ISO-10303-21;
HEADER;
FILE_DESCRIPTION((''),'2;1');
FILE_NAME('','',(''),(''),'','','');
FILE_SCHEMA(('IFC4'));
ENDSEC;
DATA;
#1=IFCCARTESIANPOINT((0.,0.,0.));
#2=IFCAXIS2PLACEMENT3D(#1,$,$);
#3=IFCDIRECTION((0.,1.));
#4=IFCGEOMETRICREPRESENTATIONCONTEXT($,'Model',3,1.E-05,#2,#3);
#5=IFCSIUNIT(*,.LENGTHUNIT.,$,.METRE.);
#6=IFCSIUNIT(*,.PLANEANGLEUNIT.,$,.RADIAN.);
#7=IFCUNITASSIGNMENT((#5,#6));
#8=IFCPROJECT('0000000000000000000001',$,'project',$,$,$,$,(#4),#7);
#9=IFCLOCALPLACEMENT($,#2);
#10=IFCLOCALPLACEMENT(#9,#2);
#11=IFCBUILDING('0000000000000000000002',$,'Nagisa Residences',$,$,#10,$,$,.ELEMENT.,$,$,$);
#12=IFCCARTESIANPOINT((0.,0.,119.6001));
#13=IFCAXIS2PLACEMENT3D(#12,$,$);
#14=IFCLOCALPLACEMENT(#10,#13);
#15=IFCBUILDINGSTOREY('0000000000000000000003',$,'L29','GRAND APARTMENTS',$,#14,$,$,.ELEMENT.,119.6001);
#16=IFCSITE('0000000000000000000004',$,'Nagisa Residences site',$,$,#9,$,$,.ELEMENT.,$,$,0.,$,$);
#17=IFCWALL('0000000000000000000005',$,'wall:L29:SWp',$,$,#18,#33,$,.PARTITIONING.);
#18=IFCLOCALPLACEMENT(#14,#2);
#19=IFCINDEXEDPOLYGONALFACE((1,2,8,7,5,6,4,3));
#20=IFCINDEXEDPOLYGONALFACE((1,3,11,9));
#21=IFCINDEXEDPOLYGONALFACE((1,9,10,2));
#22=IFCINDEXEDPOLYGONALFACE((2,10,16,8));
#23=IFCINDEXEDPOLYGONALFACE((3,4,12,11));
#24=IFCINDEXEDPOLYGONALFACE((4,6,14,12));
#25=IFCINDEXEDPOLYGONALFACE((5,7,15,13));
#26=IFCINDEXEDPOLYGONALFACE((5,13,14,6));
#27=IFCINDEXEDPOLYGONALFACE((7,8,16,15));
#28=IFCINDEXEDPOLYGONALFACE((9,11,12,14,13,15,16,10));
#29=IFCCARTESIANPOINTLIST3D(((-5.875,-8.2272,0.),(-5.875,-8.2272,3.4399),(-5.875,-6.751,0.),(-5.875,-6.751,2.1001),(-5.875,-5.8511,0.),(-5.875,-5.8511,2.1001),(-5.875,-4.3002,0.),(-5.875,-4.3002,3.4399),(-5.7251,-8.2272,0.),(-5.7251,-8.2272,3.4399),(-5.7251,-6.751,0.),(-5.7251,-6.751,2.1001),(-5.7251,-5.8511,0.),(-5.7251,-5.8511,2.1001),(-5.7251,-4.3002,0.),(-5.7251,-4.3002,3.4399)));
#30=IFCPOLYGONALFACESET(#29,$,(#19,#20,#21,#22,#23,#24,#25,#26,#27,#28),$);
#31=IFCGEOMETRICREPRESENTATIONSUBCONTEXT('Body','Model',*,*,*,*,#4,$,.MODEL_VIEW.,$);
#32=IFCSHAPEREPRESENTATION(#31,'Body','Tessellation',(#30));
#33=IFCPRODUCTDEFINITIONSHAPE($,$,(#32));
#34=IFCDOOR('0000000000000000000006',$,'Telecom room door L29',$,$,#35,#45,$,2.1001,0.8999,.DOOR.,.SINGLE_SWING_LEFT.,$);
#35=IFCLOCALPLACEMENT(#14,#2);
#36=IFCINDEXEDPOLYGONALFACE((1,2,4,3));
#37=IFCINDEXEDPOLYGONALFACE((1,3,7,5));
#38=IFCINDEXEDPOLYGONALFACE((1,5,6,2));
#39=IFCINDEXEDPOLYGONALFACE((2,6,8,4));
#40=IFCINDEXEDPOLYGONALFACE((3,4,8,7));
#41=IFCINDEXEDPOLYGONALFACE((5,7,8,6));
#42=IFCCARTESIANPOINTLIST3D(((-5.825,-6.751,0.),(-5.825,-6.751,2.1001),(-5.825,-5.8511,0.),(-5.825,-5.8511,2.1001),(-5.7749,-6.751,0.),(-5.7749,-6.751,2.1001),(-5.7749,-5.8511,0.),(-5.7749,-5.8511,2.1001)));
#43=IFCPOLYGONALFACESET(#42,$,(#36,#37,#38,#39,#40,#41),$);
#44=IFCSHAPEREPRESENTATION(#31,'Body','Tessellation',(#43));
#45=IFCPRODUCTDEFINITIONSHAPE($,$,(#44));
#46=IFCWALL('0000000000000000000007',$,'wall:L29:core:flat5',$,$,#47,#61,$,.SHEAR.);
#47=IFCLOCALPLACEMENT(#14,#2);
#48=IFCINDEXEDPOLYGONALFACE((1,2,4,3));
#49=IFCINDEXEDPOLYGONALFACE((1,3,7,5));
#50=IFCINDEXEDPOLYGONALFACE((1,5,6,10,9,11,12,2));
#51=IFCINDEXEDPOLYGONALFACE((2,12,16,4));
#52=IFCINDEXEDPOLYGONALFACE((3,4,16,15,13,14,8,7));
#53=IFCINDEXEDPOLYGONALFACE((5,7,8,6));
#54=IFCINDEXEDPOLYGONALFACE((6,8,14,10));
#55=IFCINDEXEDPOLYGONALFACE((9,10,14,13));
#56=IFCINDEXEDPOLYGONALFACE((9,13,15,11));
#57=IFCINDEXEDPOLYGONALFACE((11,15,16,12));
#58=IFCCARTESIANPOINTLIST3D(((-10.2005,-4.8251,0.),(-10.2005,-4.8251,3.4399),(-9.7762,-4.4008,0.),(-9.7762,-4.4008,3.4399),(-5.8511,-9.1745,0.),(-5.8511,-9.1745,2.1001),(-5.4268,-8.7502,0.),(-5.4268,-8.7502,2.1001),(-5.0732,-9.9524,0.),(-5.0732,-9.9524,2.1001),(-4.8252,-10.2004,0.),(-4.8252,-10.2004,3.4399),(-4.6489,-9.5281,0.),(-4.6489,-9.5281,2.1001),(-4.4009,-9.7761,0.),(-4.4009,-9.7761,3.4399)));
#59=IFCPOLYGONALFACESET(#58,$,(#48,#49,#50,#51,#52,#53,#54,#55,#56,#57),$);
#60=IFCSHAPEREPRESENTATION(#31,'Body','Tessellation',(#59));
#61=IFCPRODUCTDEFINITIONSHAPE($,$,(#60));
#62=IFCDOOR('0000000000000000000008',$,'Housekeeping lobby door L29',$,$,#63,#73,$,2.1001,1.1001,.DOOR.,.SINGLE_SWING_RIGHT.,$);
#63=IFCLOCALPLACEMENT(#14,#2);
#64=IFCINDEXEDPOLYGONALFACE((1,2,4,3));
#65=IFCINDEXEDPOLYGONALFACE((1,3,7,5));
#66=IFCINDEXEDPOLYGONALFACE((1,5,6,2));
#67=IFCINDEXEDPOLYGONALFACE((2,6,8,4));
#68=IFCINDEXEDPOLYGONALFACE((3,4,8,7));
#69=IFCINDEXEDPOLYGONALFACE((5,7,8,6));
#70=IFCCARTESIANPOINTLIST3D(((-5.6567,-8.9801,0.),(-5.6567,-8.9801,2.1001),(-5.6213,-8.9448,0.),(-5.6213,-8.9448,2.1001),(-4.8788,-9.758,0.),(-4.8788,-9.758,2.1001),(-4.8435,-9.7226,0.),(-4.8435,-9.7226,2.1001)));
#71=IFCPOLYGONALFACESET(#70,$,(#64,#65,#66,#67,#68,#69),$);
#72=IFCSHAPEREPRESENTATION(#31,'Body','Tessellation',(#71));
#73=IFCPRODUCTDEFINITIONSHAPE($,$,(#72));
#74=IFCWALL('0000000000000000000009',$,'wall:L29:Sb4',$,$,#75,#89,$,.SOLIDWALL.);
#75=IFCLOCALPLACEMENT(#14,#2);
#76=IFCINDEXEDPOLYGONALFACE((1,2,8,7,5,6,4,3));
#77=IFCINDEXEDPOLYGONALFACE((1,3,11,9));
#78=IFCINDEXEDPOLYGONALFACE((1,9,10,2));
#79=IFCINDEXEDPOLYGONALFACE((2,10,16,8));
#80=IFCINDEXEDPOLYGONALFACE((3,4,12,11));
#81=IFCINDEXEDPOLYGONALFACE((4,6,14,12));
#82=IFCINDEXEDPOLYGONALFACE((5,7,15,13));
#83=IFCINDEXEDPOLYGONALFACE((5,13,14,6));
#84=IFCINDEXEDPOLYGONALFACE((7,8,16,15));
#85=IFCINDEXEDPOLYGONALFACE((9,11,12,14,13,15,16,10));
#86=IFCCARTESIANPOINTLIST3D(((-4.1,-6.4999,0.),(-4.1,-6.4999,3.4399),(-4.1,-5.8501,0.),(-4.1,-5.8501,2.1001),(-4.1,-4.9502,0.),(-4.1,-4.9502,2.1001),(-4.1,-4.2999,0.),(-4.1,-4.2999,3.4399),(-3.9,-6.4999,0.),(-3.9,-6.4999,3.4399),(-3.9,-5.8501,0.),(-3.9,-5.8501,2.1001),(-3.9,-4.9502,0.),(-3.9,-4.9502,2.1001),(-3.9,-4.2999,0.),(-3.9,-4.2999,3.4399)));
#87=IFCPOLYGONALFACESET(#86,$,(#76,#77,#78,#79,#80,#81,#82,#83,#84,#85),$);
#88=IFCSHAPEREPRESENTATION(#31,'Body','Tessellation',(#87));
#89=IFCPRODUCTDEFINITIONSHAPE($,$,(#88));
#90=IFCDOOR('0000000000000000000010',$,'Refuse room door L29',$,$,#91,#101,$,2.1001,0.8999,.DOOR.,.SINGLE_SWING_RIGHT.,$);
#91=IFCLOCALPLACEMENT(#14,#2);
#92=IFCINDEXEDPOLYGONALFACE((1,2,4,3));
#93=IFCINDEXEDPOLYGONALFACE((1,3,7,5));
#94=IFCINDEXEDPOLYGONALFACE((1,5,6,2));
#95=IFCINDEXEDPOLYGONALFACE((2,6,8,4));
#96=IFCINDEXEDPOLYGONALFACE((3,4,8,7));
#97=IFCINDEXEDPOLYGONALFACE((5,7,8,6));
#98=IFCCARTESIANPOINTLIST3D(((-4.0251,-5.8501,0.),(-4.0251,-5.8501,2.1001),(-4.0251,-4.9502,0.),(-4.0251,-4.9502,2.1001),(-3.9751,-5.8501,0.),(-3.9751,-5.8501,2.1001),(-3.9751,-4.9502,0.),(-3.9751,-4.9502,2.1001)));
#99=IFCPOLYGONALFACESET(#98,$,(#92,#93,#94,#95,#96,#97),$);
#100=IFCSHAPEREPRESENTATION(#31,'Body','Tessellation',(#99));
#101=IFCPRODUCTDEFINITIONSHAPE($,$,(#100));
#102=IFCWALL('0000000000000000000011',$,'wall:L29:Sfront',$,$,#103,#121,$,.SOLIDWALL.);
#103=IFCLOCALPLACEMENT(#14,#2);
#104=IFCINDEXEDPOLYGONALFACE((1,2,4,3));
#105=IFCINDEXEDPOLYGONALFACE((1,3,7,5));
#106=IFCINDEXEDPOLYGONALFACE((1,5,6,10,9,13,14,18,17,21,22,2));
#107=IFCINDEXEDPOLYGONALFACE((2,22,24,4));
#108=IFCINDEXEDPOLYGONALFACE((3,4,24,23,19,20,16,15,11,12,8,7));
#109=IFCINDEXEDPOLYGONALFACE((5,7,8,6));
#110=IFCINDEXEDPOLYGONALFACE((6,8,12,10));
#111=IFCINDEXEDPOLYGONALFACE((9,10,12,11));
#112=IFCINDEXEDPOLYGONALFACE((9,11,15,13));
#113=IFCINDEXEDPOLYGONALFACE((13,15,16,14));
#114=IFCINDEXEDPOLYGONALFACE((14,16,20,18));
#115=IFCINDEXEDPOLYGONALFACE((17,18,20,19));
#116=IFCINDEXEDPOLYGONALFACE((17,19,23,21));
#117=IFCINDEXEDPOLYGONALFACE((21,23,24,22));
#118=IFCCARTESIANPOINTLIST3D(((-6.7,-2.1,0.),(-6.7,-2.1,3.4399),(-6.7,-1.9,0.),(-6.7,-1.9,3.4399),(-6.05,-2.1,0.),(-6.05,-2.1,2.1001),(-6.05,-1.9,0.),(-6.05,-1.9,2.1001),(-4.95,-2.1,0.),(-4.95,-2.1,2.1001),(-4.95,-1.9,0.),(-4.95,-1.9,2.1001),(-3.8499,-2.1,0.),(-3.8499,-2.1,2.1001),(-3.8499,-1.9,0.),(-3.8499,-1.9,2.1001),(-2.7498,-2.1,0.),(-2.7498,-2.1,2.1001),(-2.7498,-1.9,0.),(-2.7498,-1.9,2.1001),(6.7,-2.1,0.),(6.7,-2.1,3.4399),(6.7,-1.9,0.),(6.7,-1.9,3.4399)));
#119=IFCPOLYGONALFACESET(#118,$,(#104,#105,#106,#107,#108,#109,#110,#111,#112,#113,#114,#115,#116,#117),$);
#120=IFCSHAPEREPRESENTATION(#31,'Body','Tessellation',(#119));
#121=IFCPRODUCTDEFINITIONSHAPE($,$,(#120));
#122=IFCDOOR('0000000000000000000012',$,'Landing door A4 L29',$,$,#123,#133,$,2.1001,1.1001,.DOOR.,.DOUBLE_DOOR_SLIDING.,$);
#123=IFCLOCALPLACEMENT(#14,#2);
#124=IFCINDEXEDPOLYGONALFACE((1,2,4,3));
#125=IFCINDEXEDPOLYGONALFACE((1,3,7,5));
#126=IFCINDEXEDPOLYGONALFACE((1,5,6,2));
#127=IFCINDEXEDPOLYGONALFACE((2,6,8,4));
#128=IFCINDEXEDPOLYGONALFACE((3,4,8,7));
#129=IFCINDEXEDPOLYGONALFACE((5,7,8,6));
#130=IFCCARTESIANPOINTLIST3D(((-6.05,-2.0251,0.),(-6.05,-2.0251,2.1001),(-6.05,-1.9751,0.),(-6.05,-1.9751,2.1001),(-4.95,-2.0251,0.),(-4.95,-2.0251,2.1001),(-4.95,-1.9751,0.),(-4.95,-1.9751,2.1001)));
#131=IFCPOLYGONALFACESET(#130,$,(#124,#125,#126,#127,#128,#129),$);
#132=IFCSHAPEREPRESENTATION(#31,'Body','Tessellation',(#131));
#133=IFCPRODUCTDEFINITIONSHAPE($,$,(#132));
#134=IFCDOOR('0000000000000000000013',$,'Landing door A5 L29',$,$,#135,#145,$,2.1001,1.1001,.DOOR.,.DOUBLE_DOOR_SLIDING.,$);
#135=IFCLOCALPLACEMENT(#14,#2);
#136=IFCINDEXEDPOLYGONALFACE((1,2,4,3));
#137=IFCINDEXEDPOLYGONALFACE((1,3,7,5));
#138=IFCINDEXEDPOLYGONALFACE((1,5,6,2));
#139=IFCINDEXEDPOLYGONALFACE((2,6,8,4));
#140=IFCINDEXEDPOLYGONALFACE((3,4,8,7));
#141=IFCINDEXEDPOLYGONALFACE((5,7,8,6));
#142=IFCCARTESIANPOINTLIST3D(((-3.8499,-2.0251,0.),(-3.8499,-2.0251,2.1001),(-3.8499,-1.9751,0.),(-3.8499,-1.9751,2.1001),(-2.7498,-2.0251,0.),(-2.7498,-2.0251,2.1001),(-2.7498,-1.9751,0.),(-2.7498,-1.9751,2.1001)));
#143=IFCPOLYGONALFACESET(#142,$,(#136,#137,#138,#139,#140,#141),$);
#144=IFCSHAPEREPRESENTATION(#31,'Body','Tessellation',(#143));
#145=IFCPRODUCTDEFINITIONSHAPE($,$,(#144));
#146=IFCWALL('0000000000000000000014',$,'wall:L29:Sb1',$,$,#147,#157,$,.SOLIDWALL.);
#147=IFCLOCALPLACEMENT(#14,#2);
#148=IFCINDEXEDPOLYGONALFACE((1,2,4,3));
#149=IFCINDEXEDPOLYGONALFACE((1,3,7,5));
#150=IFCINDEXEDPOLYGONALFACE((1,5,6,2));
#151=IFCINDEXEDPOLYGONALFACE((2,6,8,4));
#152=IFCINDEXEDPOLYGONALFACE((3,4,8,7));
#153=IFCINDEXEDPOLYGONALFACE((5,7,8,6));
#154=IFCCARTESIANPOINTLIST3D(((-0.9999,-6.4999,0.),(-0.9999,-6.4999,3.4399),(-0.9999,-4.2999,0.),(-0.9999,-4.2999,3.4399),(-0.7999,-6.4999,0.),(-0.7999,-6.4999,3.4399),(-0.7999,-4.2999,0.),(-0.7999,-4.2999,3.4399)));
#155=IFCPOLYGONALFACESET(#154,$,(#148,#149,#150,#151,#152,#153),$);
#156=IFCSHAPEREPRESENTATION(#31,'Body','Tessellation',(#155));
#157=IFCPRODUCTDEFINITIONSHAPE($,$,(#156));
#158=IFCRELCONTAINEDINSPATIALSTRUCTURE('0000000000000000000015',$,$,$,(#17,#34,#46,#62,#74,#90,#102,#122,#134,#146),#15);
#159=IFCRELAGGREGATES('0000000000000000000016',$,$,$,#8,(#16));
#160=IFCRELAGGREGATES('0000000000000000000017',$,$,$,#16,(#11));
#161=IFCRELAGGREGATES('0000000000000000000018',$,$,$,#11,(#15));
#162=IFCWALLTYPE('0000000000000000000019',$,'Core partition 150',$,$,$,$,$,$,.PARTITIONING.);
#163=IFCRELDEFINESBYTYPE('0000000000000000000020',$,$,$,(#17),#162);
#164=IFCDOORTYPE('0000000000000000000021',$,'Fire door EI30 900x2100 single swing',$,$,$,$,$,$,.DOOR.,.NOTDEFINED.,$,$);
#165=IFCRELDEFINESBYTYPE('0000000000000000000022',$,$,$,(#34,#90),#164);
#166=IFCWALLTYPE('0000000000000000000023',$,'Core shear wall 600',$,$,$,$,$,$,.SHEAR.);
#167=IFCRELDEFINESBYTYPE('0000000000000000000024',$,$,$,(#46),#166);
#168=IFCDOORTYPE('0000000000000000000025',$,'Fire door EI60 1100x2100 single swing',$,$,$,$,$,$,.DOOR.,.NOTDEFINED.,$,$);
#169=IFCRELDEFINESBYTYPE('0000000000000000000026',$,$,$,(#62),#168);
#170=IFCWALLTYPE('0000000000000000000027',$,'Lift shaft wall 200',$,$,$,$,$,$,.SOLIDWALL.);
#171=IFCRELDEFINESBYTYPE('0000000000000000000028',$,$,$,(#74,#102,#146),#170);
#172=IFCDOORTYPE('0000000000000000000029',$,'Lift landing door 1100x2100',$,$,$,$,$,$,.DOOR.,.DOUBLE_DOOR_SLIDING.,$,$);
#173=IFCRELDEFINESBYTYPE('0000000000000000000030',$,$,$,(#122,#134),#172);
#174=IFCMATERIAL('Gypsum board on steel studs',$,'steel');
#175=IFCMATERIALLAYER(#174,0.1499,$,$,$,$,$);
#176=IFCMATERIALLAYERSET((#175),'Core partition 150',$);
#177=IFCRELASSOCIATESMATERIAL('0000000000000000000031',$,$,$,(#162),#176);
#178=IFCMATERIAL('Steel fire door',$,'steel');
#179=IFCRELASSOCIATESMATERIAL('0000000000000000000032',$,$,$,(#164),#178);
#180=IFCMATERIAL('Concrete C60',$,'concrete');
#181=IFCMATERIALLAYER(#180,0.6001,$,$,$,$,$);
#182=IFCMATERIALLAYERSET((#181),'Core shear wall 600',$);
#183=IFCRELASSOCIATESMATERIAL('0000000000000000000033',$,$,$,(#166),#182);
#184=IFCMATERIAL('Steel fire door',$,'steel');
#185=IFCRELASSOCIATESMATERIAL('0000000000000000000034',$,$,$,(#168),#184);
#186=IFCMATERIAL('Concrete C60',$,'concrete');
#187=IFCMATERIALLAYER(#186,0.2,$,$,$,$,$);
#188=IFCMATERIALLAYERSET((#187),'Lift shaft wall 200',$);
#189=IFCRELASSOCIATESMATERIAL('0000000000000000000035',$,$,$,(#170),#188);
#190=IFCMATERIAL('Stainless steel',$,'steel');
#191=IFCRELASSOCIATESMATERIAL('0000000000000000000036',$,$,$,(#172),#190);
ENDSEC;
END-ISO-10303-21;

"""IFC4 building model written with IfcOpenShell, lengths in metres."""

from ifc_helpers import new_model, si_unit, direction, frame, frame_2d, origin, place, context, subcontext, project, spatial, rectangle, extrude, material, layer, layer_set, type_object, element, fill, save


model = new_model("IFC4")

# Units and contexts
model_context = context("Model", 3, precision=1e-05, world=origin(), true_north=direction((0.0, 1.0)))
body_context = subcontext(model_context, "Body", "Model", "MODEL_VIEW")
ifc_project = project(units=[si_unit("LENGTHUNIT", "METRE"), si_unit("PLANEANGLEUNIT", "RADIAN")], contexts=[model_context])

# Site, building, storey
site_placement = place(None, origin())
site = spatial("IfcSite", under=ifc_project, at=site_placement, Name="Nagisa Residences site", CompositionType="ELEMENT", RefElevation=0.0)
building_placement = place(site_placement, origin())
building = spatial("IfcBuilding", under=site, at=building_placement, Name="Nagisa Residences", CompositionType="ELEMENT")
storey_placement = place(building_placement, frame((0.0, 0.0, 119.6001)))
storey = spatial("IfcBuildingStorey", under=building, at=storey_placement, Name="L29", Description="GRAND APARTMENTS", CompositionType="ELEMENT", Elevation=119.6001)

# Walls, openings, doors
ifc_material_1 = material(Name="Gypsum board on steel studs", Category="steel")
ifc_layer_1 = layer(ifc_material_1, 0.1499)
ifc_layer_set_1 = layer_set([ifc_layer_1], Name="Core partition 150")
wall_type_1 = type_object("IfcWallType", Name="Core partition 150", PredefinedType="PARTITIONING", material=ifc_layer_set_1)
wall_1_placement = place(storey_placement, frame((-5.8, -8.2271, 0.0), z_axis=(0.0, 0.0, 1.0), x_axis=(0.0, 1.0, 0.0)))
wall_1 = element("IfcWall", 1, at=wall_1_placement, inside=storey, type_object=wall_type_1, Name="wall:L29:SWp", PredefinedType="PARTITIONING", context=body_context, shape_type="SweptSolid", body=[
    extrude(rectangle(XDim=3.927, YDim=0.1499, at=frame_2d((1.9634, 0.0))), origin(), (0.0, 0.0, 1.0), 3.4399),
])
opening_1_placement = place(wall_1_placement, frame((1.4761, 0.0, 0.0)))
opening_1 = element("IfcOpeningElement", 2, at=opening_1_placement, cuts=wall_1, PredefinedType="OPENING", context=body_context, shape_type="SweptSolid", body=[
    extrude(rectangle(XDim=0.8999, YDim=2.1001, at=frame_2d((0.45, 1.05))), frame((0.0, 0.085, 0.0), z_axis=(0.0, -1.0, 0.0), x_axis=(1.0, 0.0, 0.0)), (0.0, 0.0, 1.0), 0.1699),
])
ifc_material_2 = material(Name="Steel fire door", Category="steel")
door_type_1 = type_object("IfcDoorType", Name="Fire door EI30 900x2100 single swing", OperationType="NOTDEFINED", PredefinedType="DOOR", material=ifc_material_2)
door_1_placement = place(opening_1_placement, origin())
door_1 = element("IfcDoor", 3, at=door_1_placement, inside=storey, type_object=door_type_1, Name="Telecom room door L29", OperationType="SINGLE_SWING_LEFT", OverallHeight=2.1001, OverallWidth=0.8999, PredefinedType="DOOR", context=body_context, shape_type="SweptSolid", body=[
    extrude(rectangle(XDim=0.8999, YDim=2.1001, at=frame_2d((0.45, 1.05))), frame((0.0, 0.0249, 0.0), z_axis=(0.0, -1.0, 0.0), x_axis=(1.0, 0.0, 0.0)), (0.0, 0.0, 1.0), 0.05),
])
fill(opening_1, door_1)
ifc_material_3 = material(Name="Concrete C60", Category="concrete")
ifc_layer_2 = layer(ifc_material_3, 0.6001)
ifc_layer_set_2 = layer_set([ifc_layer_2], Name="Core shear wall 600")
wall_type_2 = type_object("IfcWallType", Name="Core shear wall 600", PredefinedType="SHEAR", material=ifc_layer_set_2)
wall_2_placement = place(storey_placement, frame((-9.9883, -4.613, 0.0), z_axis=(0.0, 0.0, 1.0), x_axis=(0.707107, -0.707107, 0.0)))
wall_2 = element("IfcWall", 4, at=wall_2_placement, inside=storey, type_object=wall_type_2, Name="wall:L29:core:flat5", PredefinedType="SHEAR", context=body_context, shape_type="SweptSolid", body=[
    extrude(rectangle(XDim=7.6018, YDim=0.6001, at=frame_2d((3.8008, 0.0))), origin(), (0.0, 0.0, 1.0), 3.4399),
])
opening_2_placement = place(wall_2_placement, frame((6.1509, 0.0, 0.0)))
opening_2 = element("IfcOpeningElement", 5, at=opening_2_placement, cuts=wall_2, PredefinedType="OPENING", context=body_context, shape_type="SweptSolid", body=[
    extrude(rectangle(XDim=1.1001, YDim=2.1001, at=frame_2d((0.55, 1.05))), frame((0.0, 0.3101, 0.0), z_axis=(0.0, -1.0, 0.0), x_axis=(1.0, 0.0, 0.0)), (0.0, 0.0, 1.0), 0.6201),
])
ifc_material_4 = material(Name="Steel fire door", Category="steel")
door_type_2 = type_object("IfcDoorType", Name="Fire door EI60 1100x2100 single swing", OperationType="NOTDEFINED", PredefinedType="DOOR", material=ifc_material_4)
door_2_placement = place(opening_2_placement, origin())
door_2 = element("IfcDoor", 6, at=door_2_placement, inside=storey, type_object=door_type_2, Name="Housekeeping lobby door L29", OperationType="SINGLE_SWING_RIGHT", OverallHeight=2.1001, OverallWidth=1.1001, PredefinedType="DOOR", context=body_context, shape_type="SweptSolid", body=[
    extrude(rectangle(XDim=1.1001, YDim=2.1001, at=frame_2d((0.55, 1.05))), frame((0.0, 0.0249, 0.0), z_axis=(0.0, -1.0, 0.0), x_axis=(1.0, 0.0, 0.0)), (0.0, 0.0, 1.0), 0.05),
])
fill(opening_2, door_2)
ifc_material_5 = material(Name="Concrete C60", Category="concrete")
ifc_layer_3 = layer(ifc_material_5, 0.2)
ifc_layer_set_3 = layer_set([ifc_layer_3], Name="Lift shaft wall 200")
wall_type_3 = type_object("IfcWallType", Name="Lift shaft wall 200", PredefinedType="SOLIDWALL", material=ifc_layer_set_3)
wall_3_placement = place(storey_placement, frame((-4.0, -6.5, 0.0), z_axis=(0.0, 0.0, 1.0), x_axis=(0.0, 1.0, 0.0)))
wall_3 = element("IfcWall", 7, at=wall_3_placement, inside=storey, type_object=wall_type_3, Name="wall:L29:Sb4", PredefinedType="SOLIDWALL", context=body_context, shape_type="SweptSolid", body=[
    extrude(rectangle(XDim=2.2, YDim=0.2, at=frame_2d((1.1001, 0.0))), origin(), (0.0, 0.0, 1.0), 3.4399),
])
opening_3_placement = place(wall_3_placement, frame((0.6499, 0.0, 0.0)))
opening_3 = element("IfcOpeningElement", 8, at=opening_3_placement, cuts=wall_3, PredefinedType="OPENING", context=body_context, shape_type="SweptSolid", body=[
    extrude(rectangle(XDim=0.8999, YDim=2.1001, at=frame_2d((0.45, 1.05))), frame((0.0, 0.1099, 0.0), z_axis=(0.0, -1.0, 0.0), x_axis=(1.0, 0.0, 0.0)), (0.0, 0.0, 1.0), 0.22),
])
door_3_placement = place(opening_3_placement, frame((0.8999, 0.0, 0.0), x_axis=(-1.0, 0.0, 0.0)))
door_3 = element("IfcDoor", 9, at=door_3_placement, inside=storey, type_object=door_type_1, Name="Refuse room door L29", OperationType="SINGLE_SWING_RIGHT", OverallHeight=2.1001, OverallWidth=0.8999, PredefinedType="DOOR", context=body_context, shape_type="SweptSolid", body=[
    extrude(rectangle(XDim=0.8999, YDim=2.1001, at=frame_2d((0.45, 1.05))), frame((0.0, 0.0249, 0.0), z_axis=(0.0, -1.0, 0.0), x_axis=(1.0, 0.0, 0.0)), (0.0, 0.0, 1.0), 0.05),
])
fill(opening_3, door_3)

# Wall, openings, doors
wall_4_placement = place(storey_placement, frame((-6.7, -2.0, 0.0), z_axis=(0.0, 0.0, 1.0), x_axis=(1.0, 0.0, 0.0)))
wall_4 = element("IfcWall", 10, at=wall_4_placement, inside=storey, type_object=wall_type_3, Name="wall:L29:Sfront", PredefinedType="SOLIDWALL", context=body_context, shape_type="SweptSolid", body=[
    extrude(rectangle(XDim=13.3999, YDim=0.2, at=frame_2d((6.7, 0.0))), origin(), (0.0, 0.0, 1.0), 3.4399),
])
opening_4_placement = place(wall_4_placement, frame((0.6499, 0.0, 0.0)))
opening_4 = element("IfcOpeningElement", 11, at=opening_4_placement, cuts=wall_4, PredefinedType="OPENING", context=body_context, shape_type="SweptSolid", body=[
    extrude(rectangle(XDim=1.1001, YDim=2.1001, at=frame_2d((0.55, 1.05))), frame((0.0, 0.1099, 0.0), z_axis=(0.0, -1.0, 0.0), x_axis=(1.0, 0.0, 0.0)), (0.0, 0.0, 1.0), 0.22),
])
opening_5_placement = place(wall_4_placement, frame((2.8501, 0.0, 0.0)))
opening_5 = element("IfcOpeningElement", 12, at=opening_5_placement, cuts=wall_4, PredefinedType="OPENING", context=body_context, shape_type="SweptSolid", body=[
    extrude(rectangle(XDim=1.1001, YDim=2.1001, at=frame_2d((0.55, 1.05))), frame((0.0, 0.1099, 0.0), z_axis=(0.0, -1.0, 0.0), x_axis=(1.0, 0.0, 0.0)), (0.0, 0.0, 1.0), 0.22),
])
ifc_material_6 = material(Name="Stainless steel", Category="steel")
door_type_3 = type_object("IfcDoorType", Name="Lift landing door 1100x2100", OperationType="DOUBLE_DOOR_SLIDING", PredefinedType="DOOR", material=ifc_material_6)
door_4_placement = place(opening_4_placement, origin())
door_4 = element("IfcDoor", 13, at=door_4_placement, inside=storey, type_object=door_type_3, Name="Landing door A4 L29", OperationType="DOUBLE_DOOR_SLIDING", OverallHeight=2.1001, OverallWidth=1.1001, PredefinedType="DOOR", context=body_context, shape_type="SweptSolid", body=[
    extrude(rectangle(XDim=1.1001, YDim=2.1001, at=frame_2d((0.55, 1.05))), frame((0.0, 0.0249, 0.0), z_axis=(0.0, -1.0, 0.0), x_axis=(1.0, 0.0, 0.0)), (0.0, 0.0, 1.0), 0.05),
])
fill(opening_4, door_4)
door_5_placement = place(opening_5_placement, origin())
door_5 = element("IfcDoor", 14, at=door_5_placement, inside=storey, type_object=door_type_3, Name="Landing door A5 L29", OperationType="DOUBLE_DOOR_SLIDING", OverallHeight=2.1001, OverallWidth=1.1001, PredefinedType="DOOR", context=body_context, shape_type="SweptSolid", body=[
    extrude(rectangle(XDim=1.1001, YDim=2.1001, at=frame_2d((0.55, 1.05))), frame((0.0, 0.0249, 0.0), z_axis=(0.0, -1.0, 0.0), x_axis=(1.0, 0.0, 0.0)), (0.0, 0.0, 1.0), 0.05),
])
fill(opening_5, door_5)

# Wall
wall_5_placement = place(storey_placement, frame((-0.8999, -6.5, 0.0), z_axis=(0.0, 0.0, 1.0), x_axis=(0.0, 1.0, 0.0)))
element("IfcWall", 15, at=wall_5_placement, inside=storey, type_object=wall_type_3, Name="wall:L29:Sb1", PredefinedType="SOLIDWALL", context=body_context, shape_type="SweptSolid", body=[
    extrude(rectangle(XDim=2.2, YDim=0.2, at=frame_2d((1.1001, 0.0))), origin(), (0.0, 0.0, 1.0), 3.4399),
])

save(model, "model.ifc")
